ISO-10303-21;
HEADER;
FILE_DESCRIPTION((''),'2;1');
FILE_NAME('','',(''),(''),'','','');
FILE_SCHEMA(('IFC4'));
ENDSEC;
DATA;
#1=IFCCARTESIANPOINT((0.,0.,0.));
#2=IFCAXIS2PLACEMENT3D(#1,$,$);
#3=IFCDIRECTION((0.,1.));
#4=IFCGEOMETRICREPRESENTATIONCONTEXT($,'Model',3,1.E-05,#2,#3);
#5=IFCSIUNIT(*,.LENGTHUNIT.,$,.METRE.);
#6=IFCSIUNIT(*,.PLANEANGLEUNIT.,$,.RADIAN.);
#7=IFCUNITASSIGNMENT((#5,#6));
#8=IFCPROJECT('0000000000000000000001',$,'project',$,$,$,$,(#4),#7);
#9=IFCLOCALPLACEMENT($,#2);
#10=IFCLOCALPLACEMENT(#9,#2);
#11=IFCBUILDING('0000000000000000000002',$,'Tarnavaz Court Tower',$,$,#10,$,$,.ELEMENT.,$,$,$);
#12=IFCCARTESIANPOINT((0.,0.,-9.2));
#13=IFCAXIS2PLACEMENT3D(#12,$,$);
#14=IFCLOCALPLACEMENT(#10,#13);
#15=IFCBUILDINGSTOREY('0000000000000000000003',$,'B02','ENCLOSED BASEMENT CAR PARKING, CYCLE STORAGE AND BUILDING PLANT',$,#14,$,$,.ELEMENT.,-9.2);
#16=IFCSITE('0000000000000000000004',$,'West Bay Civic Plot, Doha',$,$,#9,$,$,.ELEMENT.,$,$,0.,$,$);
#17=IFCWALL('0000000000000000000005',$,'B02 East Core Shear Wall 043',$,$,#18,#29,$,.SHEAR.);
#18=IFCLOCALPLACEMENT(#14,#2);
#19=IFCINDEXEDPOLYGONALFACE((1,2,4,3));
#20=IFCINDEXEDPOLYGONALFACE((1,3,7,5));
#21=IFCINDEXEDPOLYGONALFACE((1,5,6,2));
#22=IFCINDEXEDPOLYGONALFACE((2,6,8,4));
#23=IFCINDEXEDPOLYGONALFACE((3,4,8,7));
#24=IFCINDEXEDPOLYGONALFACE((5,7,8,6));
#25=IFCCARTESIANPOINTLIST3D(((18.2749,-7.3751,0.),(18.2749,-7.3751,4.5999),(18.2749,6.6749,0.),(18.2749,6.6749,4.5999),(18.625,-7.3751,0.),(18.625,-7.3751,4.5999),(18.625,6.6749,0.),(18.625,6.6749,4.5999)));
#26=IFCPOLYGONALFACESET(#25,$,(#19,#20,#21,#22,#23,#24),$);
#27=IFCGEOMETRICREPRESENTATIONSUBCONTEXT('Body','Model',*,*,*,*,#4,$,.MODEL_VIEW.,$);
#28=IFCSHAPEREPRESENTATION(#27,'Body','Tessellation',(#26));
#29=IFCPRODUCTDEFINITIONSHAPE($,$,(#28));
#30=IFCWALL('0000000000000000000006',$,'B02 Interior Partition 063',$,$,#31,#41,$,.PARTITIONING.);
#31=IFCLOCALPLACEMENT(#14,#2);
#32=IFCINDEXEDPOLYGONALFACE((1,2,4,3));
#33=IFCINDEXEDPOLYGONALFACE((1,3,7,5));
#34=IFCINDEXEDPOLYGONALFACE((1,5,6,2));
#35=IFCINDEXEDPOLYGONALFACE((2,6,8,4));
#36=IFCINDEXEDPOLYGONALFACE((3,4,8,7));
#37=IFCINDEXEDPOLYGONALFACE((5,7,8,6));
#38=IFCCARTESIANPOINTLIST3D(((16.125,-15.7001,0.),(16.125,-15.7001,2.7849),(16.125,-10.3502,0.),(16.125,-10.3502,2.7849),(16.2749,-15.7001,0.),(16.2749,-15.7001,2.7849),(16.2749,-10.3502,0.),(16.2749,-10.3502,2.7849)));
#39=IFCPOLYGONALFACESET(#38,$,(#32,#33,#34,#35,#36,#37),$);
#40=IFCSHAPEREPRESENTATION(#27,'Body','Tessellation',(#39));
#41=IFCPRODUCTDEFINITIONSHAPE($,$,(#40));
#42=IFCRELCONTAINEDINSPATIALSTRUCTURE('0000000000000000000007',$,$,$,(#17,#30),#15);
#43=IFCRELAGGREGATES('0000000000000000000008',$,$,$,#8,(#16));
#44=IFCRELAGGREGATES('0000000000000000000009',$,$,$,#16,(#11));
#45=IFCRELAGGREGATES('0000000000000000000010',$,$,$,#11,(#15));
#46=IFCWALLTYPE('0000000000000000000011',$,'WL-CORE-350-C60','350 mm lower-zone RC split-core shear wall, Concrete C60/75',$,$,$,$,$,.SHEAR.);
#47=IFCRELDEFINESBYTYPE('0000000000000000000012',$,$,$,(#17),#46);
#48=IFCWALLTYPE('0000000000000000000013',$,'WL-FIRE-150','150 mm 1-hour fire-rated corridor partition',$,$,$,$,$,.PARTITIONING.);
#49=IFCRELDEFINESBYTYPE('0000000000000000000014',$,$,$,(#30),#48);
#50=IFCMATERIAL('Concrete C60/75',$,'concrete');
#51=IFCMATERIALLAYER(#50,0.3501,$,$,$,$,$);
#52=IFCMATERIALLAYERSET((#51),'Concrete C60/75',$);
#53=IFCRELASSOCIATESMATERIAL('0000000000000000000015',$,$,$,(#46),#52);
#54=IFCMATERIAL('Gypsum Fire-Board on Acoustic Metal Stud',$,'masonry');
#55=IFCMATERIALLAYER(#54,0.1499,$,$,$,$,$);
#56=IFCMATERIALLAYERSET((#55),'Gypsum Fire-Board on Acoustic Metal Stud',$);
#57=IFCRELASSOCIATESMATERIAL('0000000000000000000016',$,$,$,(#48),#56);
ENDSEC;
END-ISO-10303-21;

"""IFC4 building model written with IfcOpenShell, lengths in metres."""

from ifc_helpers import new_model, si_unit, direction, frame, frame_2d, origin, place, context, subcontext, project, spatial, rectangle, extrude, material, layer, layer_set, type_object, element, save


model = new_model("IFC4")

# Units and contexts
model_context = context("Model", 3, precision=1e-05, world=origin(), true_north=direction((0.0, 1.0)))
body_context = subcontext(model_context, "Body", "Model", "MODEL_VIEW")
ifc_project = project(units=[si_unit("LENGTHUNIT", "METRE"), si_unit("PLANEANGLEUNIT", "RADIAN")], contexts=[model_context])

# Site, building, storey
site_placement = place(None, origin())
site = spatial("IfcSite", under=ifc_project, at=site_placement, Name="West Bay Civic Plot, Doha", CompositionType="ELEMENT", RefElevation=0.0)
building_placement = place(site_placement, origin())
building = spatial("IfcBuilding", under=site, at=building_placement, Name="Tarnavaz Court Tower", CompositionType="ELEMENT")
storey_placement = place(building_placement, frame((0.0, 0.0, -9.2)))
storey = spatial("IfcBuildingStorey", under=building, at=storey_placement, Name="B02", Description="ENCLOSED BASEMENT CAR PARKING, CYCLE STORAGE AND BUILDING PLANT", CompositionType="ELEMENT", Elevation=-9.2)

# Shared definitions
ifc_material_1 = material(Name="Concrete C60/75", Category="concrete")

# Walls
ifc_layer_1 = layer(ifc_material_1, 0.3501)
ifc_layer_set_1 = layer_set([ifc_layer_1], Name="Concrete C60/75")
wall_type_1 = type_object("IfcWallType", Name="WL-CORE-350-C60", Description="350 mm lower-zone RC split-core shear wall, Concrete C60/75", PredefinedType="SHEAR", material=ifc_layer_set_1)
wall_1_placement = place(storey_placement, frame((18.45, -7.375, 0.0), z_axis=(0.0, 0.0, 1.0), x_axis=(0.0, 1.0, 0.0)))
element("IfcWall", 1, at=wall_1_placement, inside=storey, type_object=wall_type_1, Name="B02 East Core Shear Wall 043", PredefinedType="SHEAR", context=body_context, shape_type="SweptSolid", body=[
    extrude(rectangle(XDim=14.05, YDim=0.3501, at=frame_2d((7.0249, 0.0))), origin(), (0.0, 0.0, 1.0), 4.5999),
])
ifc_material_2 = material(Name="Gypsum Fire-Board on Acoustic Metal Stud", Category="masonry")
ifc_layer_2 = layer(ifc_material_2, 0.1499)
ifc_layer_set_2 = layer_set([ifc_layer_2], Name="Gypsum Fire-Board on Acoustic Metal Stud")
wall_type_2 = type_object("IfcWallType", Name="WL-FIRE-150", Description="150 mm 1-hour fire-rated corridor partition", PredefinedType="PARTITIONING", material=ifc_layer_set_2)
wall_2_placement = place(storey_placement, frame((16.2, -15.7, 0.0), z_axis=(0.0, 0.0, 1.0), x_axis=(0.0, 1.0, 0.0)))
element("IfcWall", 2, at=wall_2_placement, inside=storey, type_object=wall_type_2, Name="B02 Interior Partition 063", PredefinedType="PARTITIONING", context=body_context, shape_type="SweptSolid", body=[
    extrude(rectangle(XDim=5.3499, YDim=0.1499, at=frame_2d((2.6748, 0.0))), origin(), (0.0, 0.0, 1.0), 2.7849),
])

save(model, "model.ifc")
